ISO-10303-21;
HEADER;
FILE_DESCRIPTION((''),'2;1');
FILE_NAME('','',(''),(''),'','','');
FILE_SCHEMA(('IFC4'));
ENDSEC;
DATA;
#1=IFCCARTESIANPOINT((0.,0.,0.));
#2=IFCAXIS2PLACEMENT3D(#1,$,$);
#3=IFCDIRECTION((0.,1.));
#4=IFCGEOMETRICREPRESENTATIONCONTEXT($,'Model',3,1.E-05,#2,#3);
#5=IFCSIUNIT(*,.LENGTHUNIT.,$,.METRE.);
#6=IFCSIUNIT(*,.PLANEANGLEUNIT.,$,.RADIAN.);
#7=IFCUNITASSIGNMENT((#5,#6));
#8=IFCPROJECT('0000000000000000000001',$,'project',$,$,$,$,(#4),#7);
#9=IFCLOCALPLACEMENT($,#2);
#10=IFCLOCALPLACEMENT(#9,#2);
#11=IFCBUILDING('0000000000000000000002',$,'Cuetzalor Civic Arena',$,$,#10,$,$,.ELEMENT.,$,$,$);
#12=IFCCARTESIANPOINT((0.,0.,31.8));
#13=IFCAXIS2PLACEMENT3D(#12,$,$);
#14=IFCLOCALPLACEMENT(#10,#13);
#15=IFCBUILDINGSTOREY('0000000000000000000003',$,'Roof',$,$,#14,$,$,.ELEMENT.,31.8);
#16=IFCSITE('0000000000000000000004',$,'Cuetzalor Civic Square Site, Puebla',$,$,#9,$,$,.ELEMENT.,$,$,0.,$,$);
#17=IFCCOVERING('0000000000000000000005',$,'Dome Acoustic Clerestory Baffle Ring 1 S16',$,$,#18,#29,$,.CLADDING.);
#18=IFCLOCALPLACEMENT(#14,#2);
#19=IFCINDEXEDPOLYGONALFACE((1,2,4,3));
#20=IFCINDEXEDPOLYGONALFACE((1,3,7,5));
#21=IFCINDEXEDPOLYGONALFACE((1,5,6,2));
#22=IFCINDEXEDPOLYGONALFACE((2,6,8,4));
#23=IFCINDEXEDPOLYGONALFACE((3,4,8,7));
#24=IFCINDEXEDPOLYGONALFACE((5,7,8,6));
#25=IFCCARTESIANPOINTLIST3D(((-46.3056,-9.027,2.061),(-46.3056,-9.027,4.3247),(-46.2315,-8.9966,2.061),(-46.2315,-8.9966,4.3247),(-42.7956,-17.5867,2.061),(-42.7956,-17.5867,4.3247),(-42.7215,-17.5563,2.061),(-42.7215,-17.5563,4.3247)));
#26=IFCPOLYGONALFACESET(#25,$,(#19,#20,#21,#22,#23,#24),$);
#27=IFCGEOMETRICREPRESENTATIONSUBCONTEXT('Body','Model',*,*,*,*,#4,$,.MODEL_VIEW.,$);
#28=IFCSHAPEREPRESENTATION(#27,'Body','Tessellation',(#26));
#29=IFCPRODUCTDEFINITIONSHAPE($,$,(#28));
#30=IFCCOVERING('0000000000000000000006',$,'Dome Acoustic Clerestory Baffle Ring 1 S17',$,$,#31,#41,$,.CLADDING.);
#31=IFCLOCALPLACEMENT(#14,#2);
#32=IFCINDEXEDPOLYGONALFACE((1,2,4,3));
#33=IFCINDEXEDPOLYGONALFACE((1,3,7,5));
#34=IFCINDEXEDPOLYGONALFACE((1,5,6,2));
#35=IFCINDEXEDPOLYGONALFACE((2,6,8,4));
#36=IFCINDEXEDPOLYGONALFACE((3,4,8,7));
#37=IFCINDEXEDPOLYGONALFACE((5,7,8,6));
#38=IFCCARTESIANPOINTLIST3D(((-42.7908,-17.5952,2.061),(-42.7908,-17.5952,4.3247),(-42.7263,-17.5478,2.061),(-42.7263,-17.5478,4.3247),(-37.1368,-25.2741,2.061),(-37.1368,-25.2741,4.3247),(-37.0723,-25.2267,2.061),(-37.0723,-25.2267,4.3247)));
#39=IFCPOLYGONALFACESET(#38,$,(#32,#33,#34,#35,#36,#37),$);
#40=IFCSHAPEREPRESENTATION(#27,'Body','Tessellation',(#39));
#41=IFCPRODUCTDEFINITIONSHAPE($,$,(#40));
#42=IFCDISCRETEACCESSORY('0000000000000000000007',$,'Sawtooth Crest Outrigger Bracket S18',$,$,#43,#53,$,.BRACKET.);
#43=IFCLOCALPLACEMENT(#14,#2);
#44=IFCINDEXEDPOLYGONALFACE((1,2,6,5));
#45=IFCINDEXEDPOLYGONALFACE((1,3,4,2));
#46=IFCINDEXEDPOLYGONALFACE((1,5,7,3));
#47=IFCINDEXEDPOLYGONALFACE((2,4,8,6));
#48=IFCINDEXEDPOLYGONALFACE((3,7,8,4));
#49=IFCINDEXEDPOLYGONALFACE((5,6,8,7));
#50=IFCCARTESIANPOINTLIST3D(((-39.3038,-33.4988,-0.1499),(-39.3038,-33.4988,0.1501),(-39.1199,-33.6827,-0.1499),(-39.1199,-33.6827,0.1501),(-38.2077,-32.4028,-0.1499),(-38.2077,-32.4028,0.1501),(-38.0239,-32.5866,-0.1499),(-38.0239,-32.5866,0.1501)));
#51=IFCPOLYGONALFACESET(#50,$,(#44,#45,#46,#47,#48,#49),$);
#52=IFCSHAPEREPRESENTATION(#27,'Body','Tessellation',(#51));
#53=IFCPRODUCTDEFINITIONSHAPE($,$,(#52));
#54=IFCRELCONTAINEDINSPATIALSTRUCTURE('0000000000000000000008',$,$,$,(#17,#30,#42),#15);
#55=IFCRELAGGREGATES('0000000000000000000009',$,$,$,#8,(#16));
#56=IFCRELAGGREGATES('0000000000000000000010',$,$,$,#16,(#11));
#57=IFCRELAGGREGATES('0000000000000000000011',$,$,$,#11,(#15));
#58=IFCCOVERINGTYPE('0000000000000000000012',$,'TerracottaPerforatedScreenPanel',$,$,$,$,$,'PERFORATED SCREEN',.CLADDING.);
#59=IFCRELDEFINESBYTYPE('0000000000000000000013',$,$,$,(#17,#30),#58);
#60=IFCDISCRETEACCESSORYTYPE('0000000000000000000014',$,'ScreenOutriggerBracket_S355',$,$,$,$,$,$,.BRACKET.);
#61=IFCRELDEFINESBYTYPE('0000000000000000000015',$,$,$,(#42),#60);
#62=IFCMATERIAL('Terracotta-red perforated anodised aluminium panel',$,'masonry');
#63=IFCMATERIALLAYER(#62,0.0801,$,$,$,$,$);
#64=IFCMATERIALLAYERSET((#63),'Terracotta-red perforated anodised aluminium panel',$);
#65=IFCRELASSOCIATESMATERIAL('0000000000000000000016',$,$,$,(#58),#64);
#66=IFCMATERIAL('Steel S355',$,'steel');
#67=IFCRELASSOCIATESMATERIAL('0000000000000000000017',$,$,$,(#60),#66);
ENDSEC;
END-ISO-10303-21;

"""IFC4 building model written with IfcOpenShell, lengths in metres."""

from ifc_helpers import new_model, si_unit, direction, frame, frame_2d, origin, origin_2d, place, context, subcontext, project, spatial, rectangle, extrude, material, layer, layer_set, type_object, element, save


model = new_model("IFC4")

# Units and contexts
model_context = context("Model", 3, precision=1e-05, world=origin(), true_north=direction((0.0, 1.0)))
body_context = subcontext(model_context, "Body", "Model", "MODEL_VIEW")
ifc_project = project(units=[si_unit("LENGTHUNIT", "METRE"), si_unit("PLANEANGLEUNIT", "RADIAN")], contexts=[model_context])

# Site, building, storey
site_placement = place(None, origin())
site = spatial("IfcSite", under=ifc_project, at=site_placement, Name="Cuetzalor Civic Square Site, Puebla", CompositionType="ELEMENT", RefElevation=0.0)
building_placement = place(site_placement, origin())
building = spatial("IfcBuilding", under=site, at=building_placement, Name="Cuetzalor Civic Arena", CompositionType="ELEMENT")
storey_placement = place(building_placement, frame((0.0, 0.0, 31.8)))
storey = spatial("IfcBuildingStorey", under=building, at=storey_placement, Name="Roof", CompositionType="ELEMENT", Elevation=31.8)

# Coverings
ifc_material_1 = material(Name="Terracotta-red perforated anodised aluminium panel", Category="masonry")
ifc_layer_1 = layer(ifc_material_1, 0.0801)
ifc_layer_set_1 = layer_set([ifc_layer_1], Name="Terracotta-red perforated anodised aluminium panel")
covering_type = type_object("IfcCoveringType", Name="TerracottaPerforatedScreenPanel", ElementType="PERFORATED SCREEN", PredefinedType="CLADDING", material=ifc_layer_set_1)
covering_1_placement = place(storey_placement, frame((-42.7585, -17.5715, 2.061), z_axis=(0.0, 0.0, 1.0), x_axis=(-0.379398, 0.925233, 0.0)))
element("IfcCovering", 1, at=covering_1_placement, inside=storey, type_object=covering_type, Name="Dome Acoustic Clerestory Baffle Ring 1 S16", PredefinedType="CLADDING", context=body_context, shape_type="SweptSolid", body=[
    extrude(rectangle(XDim=9.2515, YDim=0.0801, at=frame_2d((4.6257, 0.0))), origin(), (0.0, 0.0, 1.0), 2.2637),
])
covering_2_placement = place(storey_placement, frame((-37.1045, -25.2505, 2.061), z_axis=(0.0, 0.0, 1.0), x_axis=(-0.592919, 0.805262, 0.0)))
element("IfcCovering", 2, at=covering_2_placement, inside=storey, type_object=covering_type, Name="Dome Acoustic Clerestory Baffle Ring 1 S17", PredefinedType="CLADDING", context=body_context, shape_type="SweptSolid", body=[
    extrude(rectangle(XDim=9.5359, YDim=0.0801, at=frame_2d((4.7681, 0.0))), origin(), (0.0, 0.0, 1.0), 2.2637),
])

# Discrete accessory
ifc_material_2 = material(Name="Steel S355", Category="steel")
discrete_accessory_type = type_object("IfcDiscreteAccessoryType", Name="ScreenOutriggerBracket_S355", PredefinedType="BRACKET", material=ifc_material_2)
discrete_accessory_placement = place(storey_placement, frame((-38.6638, -33.0427, -0.1499), z_axis=(0.0, 0.0, 1.0), x_axis=(-0.707107, -0.707107, 0.0)))
element("IfcDiscreteAccessory", 3, at=discrete_accessory_placement, inside=storey, type_object=discrete_accessory_type, Name="Sawtooth Crest Outrigger Bracket S18", PredefinedType="BRACKET", context=body_context, shape_type="SweptSolid", body=[
    extrude(rectangle(XDim=1.55, YDim=0.26, at=origin_2d()), origin(), (0.0, 0.0, 1.0), 0.3),
])

save(model, "model.ifc")
